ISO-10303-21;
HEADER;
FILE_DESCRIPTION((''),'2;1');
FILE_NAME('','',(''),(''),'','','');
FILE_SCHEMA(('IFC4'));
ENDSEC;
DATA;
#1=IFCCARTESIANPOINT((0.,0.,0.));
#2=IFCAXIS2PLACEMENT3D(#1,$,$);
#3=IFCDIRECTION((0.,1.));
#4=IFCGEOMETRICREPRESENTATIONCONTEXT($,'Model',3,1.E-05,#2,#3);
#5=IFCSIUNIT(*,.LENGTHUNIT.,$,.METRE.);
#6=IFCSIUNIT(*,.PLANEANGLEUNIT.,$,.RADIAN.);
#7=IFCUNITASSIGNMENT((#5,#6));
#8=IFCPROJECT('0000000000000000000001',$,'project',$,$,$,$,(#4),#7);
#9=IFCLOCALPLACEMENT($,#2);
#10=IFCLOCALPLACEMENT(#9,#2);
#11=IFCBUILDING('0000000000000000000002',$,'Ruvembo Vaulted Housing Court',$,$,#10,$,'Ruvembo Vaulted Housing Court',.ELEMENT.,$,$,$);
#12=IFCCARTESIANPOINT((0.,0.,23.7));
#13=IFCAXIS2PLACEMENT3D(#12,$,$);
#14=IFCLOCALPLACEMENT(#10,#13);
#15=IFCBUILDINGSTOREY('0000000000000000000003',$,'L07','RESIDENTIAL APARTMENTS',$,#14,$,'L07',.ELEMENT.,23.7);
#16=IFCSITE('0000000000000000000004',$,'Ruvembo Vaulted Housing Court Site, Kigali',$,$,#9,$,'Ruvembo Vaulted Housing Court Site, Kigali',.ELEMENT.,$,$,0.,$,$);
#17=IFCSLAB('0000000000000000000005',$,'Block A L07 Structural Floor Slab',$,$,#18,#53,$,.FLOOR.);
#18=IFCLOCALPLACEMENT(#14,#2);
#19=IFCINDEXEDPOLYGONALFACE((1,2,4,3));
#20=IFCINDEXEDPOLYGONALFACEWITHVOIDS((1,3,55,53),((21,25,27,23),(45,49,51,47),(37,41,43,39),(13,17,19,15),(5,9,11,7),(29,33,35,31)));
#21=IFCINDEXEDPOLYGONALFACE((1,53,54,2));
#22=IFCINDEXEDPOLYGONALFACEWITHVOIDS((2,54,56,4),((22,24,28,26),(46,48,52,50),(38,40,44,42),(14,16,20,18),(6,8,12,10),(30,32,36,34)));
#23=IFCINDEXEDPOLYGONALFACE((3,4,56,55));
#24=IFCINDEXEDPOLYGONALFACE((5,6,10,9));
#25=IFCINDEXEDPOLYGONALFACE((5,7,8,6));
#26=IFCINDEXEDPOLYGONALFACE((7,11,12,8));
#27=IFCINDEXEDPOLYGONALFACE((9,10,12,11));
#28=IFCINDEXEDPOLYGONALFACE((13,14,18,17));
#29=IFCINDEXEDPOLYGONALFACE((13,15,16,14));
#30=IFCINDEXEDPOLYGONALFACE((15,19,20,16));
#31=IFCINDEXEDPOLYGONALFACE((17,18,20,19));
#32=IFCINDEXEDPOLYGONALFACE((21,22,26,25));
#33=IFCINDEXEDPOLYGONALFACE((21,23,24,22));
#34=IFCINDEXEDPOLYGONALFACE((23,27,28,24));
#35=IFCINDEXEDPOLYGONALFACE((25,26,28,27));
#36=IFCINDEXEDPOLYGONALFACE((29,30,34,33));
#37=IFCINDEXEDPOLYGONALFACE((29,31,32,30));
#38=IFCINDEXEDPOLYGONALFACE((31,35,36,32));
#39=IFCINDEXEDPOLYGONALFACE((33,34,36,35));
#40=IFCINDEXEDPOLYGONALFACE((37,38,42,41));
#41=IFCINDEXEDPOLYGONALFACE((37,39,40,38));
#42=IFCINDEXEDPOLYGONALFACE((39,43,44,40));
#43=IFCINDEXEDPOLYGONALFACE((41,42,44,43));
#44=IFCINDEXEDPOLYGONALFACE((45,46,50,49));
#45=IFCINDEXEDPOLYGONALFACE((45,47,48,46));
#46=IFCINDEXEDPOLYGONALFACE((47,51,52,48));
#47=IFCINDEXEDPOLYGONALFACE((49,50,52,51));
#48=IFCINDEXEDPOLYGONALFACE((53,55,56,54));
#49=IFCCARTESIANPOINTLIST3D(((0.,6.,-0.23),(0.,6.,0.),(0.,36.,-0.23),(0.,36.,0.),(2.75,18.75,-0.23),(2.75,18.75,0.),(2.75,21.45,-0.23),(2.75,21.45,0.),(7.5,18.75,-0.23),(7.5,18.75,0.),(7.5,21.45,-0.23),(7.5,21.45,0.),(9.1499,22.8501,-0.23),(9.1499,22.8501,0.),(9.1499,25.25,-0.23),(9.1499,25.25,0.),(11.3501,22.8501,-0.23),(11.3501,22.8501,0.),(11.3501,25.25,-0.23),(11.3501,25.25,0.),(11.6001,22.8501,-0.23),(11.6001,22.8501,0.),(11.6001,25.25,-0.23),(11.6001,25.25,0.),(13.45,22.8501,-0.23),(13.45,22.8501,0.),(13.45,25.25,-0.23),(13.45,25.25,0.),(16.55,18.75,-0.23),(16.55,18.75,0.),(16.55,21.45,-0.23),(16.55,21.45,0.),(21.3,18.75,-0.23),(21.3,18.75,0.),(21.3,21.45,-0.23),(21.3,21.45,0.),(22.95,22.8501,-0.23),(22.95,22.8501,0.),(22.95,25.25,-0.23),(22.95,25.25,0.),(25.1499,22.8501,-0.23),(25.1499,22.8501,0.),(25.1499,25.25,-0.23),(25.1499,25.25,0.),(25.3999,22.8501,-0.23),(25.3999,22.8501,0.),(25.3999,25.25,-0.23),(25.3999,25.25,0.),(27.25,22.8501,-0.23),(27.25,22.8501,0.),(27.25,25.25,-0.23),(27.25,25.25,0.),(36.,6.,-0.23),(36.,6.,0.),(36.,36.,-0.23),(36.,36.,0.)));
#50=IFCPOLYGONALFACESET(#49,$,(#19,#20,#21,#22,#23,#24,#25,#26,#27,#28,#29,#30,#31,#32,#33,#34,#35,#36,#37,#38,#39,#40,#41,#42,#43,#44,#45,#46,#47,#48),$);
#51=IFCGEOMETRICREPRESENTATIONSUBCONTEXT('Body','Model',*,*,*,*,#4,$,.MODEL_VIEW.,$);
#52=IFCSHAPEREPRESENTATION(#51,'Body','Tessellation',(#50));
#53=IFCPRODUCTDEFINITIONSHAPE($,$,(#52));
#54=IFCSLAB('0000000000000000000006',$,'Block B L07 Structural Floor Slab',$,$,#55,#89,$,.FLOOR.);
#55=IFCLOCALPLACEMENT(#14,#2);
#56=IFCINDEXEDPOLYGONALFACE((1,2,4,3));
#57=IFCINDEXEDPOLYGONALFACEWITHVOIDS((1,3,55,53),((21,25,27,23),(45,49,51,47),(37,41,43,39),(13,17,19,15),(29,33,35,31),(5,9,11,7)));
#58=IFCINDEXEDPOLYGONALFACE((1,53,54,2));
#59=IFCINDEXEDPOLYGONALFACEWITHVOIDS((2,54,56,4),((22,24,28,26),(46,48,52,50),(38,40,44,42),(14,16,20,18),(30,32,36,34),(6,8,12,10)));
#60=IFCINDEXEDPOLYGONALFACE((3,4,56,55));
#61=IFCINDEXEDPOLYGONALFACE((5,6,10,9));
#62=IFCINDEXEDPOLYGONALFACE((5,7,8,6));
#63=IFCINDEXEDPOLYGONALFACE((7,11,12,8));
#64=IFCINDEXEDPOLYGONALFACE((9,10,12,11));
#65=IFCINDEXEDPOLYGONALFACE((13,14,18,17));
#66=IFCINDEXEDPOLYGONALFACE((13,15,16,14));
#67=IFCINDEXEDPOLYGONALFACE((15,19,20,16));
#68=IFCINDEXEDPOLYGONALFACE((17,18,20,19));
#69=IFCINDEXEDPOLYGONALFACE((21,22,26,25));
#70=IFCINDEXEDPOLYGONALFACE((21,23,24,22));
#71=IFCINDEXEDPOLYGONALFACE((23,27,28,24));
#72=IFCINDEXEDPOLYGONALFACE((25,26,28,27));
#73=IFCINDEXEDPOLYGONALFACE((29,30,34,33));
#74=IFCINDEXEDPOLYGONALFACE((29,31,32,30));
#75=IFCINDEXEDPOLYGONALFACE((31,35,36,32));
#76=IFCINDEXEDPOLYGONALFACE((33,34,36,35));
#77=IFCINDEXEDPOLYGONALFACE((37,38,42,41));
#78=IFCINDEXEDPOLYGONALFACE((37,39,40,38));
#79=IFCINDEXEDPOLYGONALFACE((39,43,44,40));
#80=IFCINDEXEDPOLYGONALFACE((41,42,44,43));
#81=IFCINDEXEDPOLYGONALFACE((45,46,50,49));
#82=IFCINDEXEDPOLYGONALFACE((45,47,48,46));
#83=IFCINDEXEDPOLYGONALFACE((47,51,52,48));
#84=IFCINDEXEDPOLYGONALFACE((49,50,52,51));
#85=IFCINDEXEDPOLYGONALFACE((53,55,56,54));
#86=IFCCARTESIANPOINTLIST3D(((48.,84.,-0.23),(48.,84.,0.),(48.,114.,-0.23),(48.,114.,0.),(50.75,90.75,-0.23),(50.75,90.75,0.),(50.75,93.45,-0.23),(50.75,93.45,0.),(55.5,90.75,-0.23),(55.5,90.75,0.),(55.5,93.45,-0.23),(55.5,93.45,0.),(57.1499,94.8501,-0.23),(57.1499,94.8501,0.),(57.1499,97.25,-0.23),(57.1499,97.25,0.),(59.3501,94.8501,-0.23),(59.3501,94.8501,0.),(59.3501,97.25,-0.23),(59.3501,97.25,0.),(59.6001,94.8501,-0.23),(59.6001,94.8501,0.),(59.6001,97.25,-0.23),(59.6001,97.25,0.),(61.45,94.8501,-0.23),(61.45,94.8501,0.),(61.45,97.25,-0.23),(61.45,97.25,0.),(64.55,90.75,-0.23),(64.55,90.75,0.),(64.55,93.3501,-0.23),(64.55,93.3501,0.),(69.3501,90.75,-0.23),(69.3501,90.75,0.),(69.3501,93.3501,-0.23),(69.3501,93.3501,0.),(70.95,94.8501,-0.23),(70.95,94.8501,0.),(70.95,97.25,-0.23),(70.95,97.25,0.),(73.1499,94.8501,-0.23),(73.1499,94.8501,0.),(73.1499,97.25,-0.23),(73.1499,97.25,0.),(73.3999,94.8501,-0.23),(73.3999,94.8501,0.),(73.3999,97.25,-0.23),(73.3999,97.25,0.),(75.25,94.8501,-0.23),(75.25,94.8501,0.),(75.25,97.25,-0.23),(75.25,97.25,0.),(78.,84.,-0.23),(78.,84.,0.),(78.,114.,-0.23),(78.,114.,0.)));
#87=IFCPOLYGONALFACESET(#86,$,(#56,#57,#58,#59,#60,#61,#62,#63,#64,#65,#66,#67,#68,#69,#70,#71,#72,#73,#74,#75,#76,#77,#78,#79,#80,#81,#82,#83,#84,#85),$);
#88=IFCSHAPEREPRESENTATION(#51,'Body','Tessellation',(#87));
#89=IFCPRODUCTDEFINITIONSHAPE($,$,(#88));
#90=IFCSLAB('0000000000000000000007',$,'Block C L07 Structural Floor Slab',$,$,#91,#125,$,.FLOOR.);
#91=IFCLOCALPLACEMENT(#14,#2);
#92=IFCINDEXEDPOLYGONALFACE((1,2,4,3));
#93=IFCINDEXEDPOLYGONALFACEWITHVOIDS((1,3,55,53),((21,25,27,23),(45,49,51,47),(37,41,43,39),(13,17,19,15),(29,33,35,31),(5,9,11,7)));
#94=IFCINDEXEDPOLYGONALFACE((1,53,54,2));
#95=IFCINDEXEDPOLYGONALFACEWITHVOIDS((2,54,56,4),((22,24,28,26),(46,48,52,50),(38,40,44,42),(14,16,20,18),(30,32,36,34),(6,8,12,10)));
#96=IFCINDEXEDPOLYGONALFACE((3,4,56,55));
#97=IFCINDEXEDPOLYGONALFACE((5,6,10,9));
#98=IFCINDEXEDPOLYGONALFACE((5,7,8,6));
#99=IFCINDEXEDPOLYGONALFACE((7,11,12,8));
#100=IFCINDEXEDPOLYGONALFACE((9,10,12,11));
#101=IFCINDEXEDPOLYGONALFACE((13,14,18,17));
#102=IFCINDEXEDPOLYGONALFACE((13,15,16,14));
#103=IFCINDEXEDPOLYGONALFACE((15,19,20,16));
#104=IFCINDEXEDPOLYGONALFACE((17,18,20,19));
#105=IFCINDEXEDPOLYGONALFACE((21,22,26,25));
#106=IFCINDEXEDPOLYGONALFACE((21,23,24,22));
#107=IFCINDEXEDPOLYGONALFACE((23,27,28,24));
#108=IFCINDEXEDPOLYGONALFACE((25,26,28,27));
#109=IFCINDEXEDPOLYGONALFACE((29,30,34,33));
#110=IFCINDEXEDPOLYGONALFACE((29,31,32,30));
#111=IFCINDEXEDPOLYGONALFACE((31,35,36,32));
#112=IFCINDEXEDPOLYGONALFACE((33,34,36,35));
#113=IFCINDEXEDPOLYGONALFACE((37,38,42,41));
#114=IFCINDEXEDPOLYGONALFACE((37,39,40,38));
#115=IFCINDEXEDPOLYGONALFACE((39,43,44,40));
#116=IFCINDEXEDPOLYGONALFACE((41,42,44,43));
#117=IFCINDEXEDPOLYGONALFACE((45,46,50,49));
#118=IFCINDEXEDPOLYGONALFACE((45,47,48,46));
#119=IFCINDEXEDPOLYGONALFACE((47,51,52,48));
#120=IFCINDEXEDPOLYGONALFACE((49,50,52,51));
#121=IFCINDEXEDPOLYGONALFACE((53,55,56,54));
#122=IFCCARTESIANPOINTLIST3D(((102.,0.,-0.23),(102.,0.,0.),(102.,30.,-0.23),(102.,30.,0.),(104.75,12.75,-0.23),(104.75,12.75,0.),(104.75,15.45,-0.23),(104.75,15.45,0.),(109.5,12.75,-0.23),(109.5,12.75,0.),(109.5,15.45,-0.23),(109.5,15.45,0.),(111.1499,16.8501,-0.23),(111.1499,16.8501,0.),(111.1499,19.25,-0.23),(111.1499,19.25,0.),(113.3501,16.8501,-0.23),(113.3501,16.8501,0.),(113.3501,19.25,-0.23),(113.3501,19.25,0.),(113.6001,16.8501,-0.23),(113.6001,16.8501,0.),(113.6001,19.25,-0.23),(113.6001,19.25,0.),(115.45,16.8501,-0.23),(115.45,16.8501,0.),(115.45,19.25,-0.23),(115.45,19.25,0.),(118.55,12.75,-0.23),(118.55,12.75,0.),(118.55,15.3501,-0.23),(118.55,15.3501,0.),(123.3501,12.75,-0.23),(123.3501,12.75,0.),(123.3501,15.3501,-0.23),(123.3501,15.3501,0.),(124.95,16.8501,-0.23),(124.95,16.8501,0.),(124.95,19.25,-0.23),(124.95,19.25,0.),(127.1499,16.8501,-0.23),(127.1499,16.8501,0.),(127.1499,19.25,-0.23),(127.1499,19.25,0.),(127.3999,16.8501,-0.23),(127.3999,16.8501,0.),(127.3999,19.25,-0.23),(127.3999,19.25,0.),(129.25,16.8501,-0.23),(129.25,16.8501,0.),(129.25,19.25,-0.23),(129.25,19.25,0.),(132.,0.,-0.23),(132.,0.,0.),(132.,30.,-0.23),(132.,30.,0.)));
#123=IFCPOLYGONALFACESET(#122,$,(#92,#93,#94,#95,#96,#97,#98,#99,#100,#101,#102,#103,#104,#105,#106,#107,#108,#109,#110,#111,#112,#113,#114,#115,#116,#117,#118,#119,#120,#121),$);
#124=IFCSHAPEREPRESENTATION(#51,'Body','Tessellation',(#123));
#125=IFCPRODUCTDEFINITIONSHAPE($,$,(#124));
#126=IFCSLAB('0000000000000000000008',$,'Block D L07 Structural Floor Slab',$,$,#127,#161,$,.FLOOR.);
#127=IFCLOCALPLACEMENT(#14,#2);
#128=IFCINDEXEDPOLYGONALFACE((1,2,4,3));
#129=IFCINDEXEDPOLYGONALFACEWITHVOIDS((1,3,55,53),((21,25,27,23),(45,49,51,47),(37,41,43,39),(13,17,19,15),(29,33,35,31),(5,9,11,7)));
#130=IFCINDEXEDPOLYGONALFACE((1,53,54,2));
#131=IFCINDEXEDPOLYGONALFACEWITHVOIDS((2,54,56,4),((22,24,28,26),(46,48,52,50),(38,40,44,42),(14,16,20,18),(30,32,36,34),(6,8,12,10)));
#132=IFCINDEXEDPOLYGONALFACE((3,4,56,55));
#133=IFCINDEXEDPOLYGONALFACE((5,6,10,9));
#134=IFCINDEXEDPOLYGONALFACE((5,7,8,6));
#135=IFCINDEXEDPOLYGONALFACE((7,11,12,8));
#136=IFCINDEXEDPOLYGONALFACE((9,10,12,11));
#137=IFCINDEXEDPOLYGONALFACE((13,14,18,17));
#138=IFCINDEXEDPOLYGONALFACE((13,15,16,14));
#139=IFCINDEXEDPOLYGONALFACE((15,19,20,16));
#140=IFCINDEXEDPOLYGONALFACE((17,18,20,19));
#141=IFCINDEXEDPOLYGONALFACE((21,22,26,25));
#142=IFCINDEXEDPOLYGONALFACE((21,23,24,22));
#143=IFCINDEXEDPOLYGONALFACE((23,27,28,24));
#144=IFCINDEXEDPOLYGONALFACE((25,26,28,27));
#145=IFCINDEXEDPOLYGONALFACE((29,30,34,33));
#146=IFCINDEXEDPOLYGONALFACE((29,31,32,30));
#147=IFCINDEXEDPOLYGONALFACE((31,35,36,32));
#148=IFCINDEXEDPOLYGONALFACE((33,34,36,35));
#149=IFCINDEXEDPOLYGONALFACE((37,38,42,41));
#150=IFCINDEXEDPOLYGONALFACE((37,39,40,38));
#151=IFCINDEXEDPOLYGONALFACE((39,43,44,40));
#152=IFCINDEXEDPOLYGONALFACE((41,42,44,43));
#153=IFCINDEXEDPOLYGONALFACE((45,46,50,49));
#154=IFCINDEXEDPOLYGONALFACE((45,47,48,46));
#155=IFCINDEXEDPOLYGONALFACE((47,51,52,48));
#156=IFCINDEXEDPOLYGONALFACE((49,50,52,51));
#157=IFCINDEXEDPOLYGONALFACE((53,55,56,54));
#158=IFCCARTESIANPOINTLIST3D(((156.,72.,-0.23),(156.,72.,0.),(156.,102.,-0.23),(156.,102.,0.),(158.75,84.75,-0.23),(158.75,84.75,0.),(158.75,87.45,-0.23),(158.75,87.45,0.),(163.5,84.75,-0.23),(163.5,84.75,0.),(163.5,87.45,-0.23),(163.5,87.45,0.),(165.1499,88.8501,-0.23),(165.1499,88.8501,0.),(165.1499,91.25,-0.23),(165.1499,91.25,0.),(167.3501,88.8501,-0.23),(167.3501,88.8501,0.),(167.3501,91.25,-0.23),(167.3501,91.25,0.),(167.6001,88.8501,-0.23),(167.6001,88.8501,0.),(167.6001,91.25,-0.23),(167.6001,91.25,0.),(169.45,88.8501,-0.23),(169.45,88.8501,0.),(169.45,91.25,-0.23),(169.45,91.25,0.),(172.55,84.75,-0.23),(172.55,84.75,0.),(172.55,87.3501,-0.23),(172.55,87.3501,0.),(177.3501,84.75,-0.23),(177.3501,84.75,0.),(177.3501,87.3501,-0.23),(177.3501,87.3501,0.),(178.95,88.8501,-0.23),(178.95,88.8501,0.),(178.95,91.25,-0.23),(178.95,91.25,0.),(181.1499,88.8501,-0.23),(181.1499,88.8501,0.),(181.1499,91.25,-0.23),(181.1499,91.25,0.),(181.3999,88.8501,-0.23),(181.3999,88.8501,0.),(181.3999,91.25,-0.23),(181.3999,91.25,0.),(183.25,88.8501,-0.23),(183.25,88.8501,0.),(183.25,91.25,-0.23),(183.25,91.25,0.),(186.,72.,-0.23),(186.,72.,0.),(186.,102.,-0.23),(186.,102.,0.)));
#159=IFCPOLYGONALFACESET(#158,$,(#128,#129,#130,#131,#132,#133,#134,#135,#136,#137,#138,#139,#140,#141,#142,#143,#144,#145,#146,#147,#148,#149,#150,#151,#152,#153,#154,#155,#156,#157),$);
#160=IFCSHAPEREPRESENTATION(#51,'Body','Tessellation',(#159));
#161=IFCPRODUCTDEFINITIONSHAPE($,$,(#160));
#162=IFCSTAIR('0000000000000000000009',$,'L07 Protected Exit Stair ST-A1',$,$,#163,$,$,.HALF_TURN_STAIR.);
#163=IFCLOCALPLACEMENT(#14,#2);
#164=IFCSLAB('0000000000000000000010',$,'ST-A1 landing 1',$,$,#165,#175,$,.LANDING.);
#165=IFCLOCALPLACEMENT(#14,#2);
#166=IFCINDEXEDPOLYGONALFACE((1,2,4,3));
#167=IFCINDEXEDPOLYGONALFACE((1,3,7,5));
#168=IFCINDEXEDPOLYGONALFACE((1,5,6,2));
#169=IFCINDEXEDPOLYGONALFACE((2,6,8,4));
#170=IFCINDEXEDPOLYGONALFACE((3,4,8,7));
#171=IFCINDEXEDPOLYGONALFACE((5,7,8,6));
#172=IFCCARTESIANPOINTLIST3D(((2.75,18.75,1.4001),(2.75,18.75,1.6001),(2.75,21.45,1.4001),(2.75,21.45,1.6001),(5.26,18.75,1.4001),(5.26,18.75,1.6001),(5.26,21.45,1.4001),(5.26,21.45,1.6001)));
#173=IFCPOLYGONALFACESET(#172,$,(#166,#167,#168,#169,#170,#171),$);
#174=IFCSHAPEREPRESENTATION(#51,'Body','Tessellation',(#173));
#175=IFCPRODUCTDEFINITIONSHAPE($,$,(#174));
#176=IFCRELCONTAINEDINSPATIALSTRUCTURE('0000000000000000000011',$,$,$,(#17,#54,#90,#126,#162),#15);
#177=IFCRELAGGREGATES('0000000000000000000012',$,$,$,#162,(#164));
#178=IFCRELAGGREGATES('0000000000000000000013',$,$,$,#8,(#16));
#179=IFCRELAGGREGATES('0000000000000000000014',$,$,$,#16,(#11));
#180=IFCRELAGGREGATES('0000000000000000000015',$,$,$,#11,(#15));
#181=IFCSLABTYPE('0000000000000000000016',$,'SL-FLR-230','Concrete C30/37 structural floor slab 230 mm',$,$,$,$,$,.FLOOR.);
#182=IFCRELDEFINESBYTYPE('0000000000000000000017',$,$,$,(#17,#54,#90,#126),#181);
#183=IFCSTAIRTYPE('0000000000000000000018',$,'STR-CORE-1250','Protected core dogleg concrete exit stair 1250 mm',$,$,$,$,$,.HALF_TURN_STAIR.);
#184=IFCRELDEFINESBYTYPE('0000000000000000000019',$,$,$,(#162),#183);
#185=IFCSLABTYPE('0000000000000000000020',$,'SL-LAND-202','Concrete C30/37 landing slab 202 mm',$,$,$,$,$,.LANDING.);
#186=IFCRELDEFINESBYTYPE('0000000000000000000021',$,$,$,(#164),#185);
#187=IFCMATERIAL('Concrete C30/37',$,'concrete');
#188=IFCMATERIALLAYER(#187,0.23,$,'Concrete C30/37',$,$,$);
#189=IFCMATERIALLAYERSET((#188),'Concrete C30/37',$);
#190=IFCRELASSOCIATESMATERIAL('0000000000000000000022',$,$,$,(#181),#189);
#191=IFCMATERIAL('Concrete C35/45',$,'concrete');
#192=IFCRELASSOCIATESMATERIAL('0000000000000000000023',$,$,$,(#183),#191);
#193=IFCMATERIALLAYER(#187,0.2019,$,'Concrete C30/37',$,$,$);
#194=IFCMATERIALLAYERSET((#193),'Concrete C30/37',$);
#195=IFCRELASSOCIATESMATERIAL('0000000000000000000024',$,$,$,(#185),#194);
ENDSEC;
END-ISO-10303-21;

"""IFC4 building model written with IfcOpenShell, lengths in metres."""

from ifc_helpers import new_model, si_unit, direction, frame, origin, place, context, subcontext, project, spatial, polyline, outline, extrude, material, layer, layer_set, type_object, element, aggregate, save


model = new_model("IFC4")

# Units and contexts
model_context = context("Model", 3, precision=1e-05, world=origin(), true_north=direction((0.0, 1.0)))
body_context = subcontext(model_context, "Body", "Model", "MODEL_VIEW")
ifc_project = project(units=[si_unit("LENGTHUNIT", "METRE"), si_unit("PLANEANGLEUNIT", "RADIAN")], contexts=[model_context])

# Site, building, storey
site_placement = place(None, origin())
site = spatial("IfcSite", under=ifc_project, at=site_placement, Name="Ruvembo Vaulted Housing Court Site, Kigali", LongName="Ruvembo Vaulted Housing Court Site, Kigali", CompositionType="ELEMENT", RefElevation=0.0)
building_placement = place(site_placement, origin())
building = spatial("IfcBuilding", under=site, at=building_placement, Name="Ruvembo Vaulted Housing Court", LongName="Ruvembo Vaulted Housing Court", CompositionType="ELEMENT")
storey_placement = place(building_placement, frame((0.0, 0.0, 23.7)))
storey = spatial("IfcBuildingStorey", under=building, at=storey_placement, Name="L07", Description="RESIDENTIAL APARTMENTS", LongName="L07", CompositionType="ELEMENT", Elevation=23.7)

# Slabs
ifc_material_1 = material(Name="Concrete C30/37", Category="concrete")
ifc_layer_1 = layer(ifc_material_1, 0.23, Name="Concrete C30/37")
ifc_layer_set_1 = layer_set([ifc_layer_1], Name="Concrete C30/37")
slab_type_1 = type_object("IfcSlabType", Name="SL-FLR-230", Description="Concrete C30/37 structural floor slab 230 mm", PredefinedType="FLOOR", material=ifc_layer_set_1)
slab_1_placement = place(storey_placement, frame((0.0, 0.0, -0.23)))
element("IfcSlab", 1, at=slab_1_placement, inside=storey, type_object=slab_type_1, Name="Block A L07 Structural Floor Slab", PredefinedType="FLOOR", context=body_context, shape_type="SweptSolid", body=[
    extrude(outline(polyline([(36.0, 6.0), (36.0, 36.0), (0.0, 36.0), (0.0, 6.0), (36.0, 6.0)]), holes=[polyline([(7.5, 21.45), (2.75, 21.45), (2.75, 18.75), (7.5, 18.75), (7.5, 21.45)]), polyline([(9.1499, 22.8501), (11.3501, 22.8501), (11.3501, 25.25), (9.1499, 25.25), (9.1499, 22.8501)]), polyline([(11.6001, 22.8501), (13.45, 22.8501), (13.45, 25.25), (11.6001, 25.25), (11.6001, 22.8501)]), polyline([(21.3, 21.45), (16.55, 21.45), (16.55, 18.75), (21.3, 18.75), (21.3, 21.45)]), polyline([(22.95, 22.8501), (25.1499, 22.8501), (25.1499, 25.25), (22.95, 25.25), (22.95, 22.8501)]), polyline([(25.3999, 22.8501), (27.25, 22.8501), (27.25, 25.25), (25.3999, 25.25), (25.3999, 22.8501)])]), origin(), (0.0, 0.0, 1.0), 0.23),
])
slab_2_placement = place(storey_placement, frame((0.0, 0.0, -0.23)))
element("IfcSlab", 2, at=slab_2_placement, inside=storey, type_object=slab_type_1, Name="Block B L07 Structural Floor Slab", PredefinedType="FLOOR", context=body_context, shape_type="SweptSolid", body=[
    extrude(outline(polyline([(78.0, 84.0), (78.0, 114.0), (48.0, 114.0), (48.0, 84.0), (78.0, 84.0)]), holes=[polyline([(55.5, 93.45), (50.75, 93.45), (50.75, 90.75), (55.5, 90.75), (55.5, 93.45)]), polyline([(57.1499, 94.8501), (59.3501, 94.8501), (59.3501, 97.25), (57.1499, 97.25), (57.1499, 94.8501)]), polyline([(59.6001, 94.8501), (61.45, 94.8501), (61.45, 97.25), (59.6001, 97.25), (59.6001, 94.8501)]), polyline([(69.3501, 93.3501), (64.55, 93.3501), (64.55, 90.75), (69.3501, 90.75), (69.3501, 93.3501)]), polyline([(70.95, 94.8501), (73.1499, 94.8501), (73.1499, 97.25), (70.95, 97.25), (70.95, 94.8501)]), polyline([(73.3999, 94.8501), (75.25, 94.8501), (75.25, 97.25), (73.3999, 97.25), (73.3999, 94.8501)])]), origin(), (0.0, 0.0, 1.0), 0.23),
])
slab_3_placement = place(storey_placement, frame((0.0, 0.0, -0.23)))
element("IfcSlab", 3, at=slab_3_placement, inside=storey, type_object=slab_type_1, Name="Block C L07 Structural Floor Slab", PredefinedType="FLOOR", context=body_context, shape_type="SweptSolid", body=[
    extrude(outline(polyline([(132.0, 0.0), (132.0, 30.0), (102.0, 30.0), (102.0, 0.0), (132.0, 0.0)]), holes=[polyline([(109.5, 15.45), (104.75, 15.45), (104.75, 12.75), (109.5, 12.75), (109.5, 15.45)]), polyline([(111.1499, 16.8501), (113.3501, 16.8501), (113.3501, 19.25), (111.1499, 19.25), (111.1499, 16.8501)]), polyline([(113.6001, 16.8501), (115.45, 16.8501), (115.45, 19.25), (113.6001, 19.25), (113.6001, 16.8501)]), polyline([(123.3501, 15.3501), (118.55, 15.3501), (118.55, 12.75), (123.3501, 12.75), (123.3501, 15.3501)]), polyline([(124.95, 16.8501), (127.1499, 16.8501), (127.1499, 19.25), (124.95, 19.25), (124.95, 16.8501)]), polyline([(127.3999, 16.8501), (129.25, 16.8501), (129.25, 19.25), (127.3999, 19.25), (127.3999, 16.8501)])]), origin(), (0.0, 0.0, 1.0), 0.23),
])
slab_4_placement = place(storey_placement, frame((0.0, 0.0, -0.23)))
element("IfcSlab", 4, at=slab_4_placement, inside=storey, type_object=slab_type_1, Name="Block D L07 Structural Floor Slab", PredefinedType="FLOOR", context=body_context, shape_type="SweptSolid", body=[
    extrude(outline(polyline([(186.0, 72.0), (186.0, 102.0), (156.0, 102.0), (156.0, 72.0), (186.0, 72.0)]), holes=[polyline([(163.5, 87.45), (158.75, 87.45), (158.75, 84.75), (163.5, 84.75), (163.5, 87.45)]), polyline([(165.1499, 88.8501), (167.3501, 88.8501), (167.3501, 91.25), (165.1499, 91.25), (165.1499, 88.8501)]), polyline([(167.6001, 88.8501), (169.45, 88.8501), (169.45, 91.25), (167.6001, 91.25), (167.6001, 88.8501)]), polyline([(177.3501, 87.3501), (172.55, 87.3501), (172.55, 84.75), (177.3501, 84.75), (177.3501, 87.3501)]), polyline([(178.95, 88.8501), (181.1499, 88.8501), (181.1499, 91.25), (178.95, 91.25), (178.95, 88.8501)]), polyline([(181.3999, 88.8501), (183.25, 88.8501), (183.25, 91.25), (181.3999, 91.25), (181.3999, 88.8501)])]), origin(), (0.0, 0.0, 1.0), 0.23),
])

# Stair, slab
ifc_material_2 = material(Name="Concrete C35/45", Category="concrete")
stair_type_1 = type_object("IfcStairType", Name="STR-CORE-1250", Description="Protected core dogleg concrete exit stair 1250 mm", PredefinedType="HALF_TURN_STAIR", material=ifc_material_2)
stair_1_placement = place(storey_placement, origin())
stair_1 = element("IfcStair", 5, at=stair_1_placement, inside=storey, type_object=stair_type_1, Name="L07 Protected Exit Stair ST-A1", PredefinedType="HALF_TURN_STAIR")
ifc_layer_2 = layer(ifc_material_1, 0.2019, Name="Concrete C30/37")
ifc_layer_set_2 = layer_set([ifc_layer_2], Name="Concrete C30/37")
slab_type_2 = type_object("IfcSlabType", Name="SL-LAND-202", Description="Concrete C30/37 landing slab 202 mm", PredefinedType="LANDING", material=ifc_layer_set_2)
slab_5_placement = place(storey_placement, frame((0.0, 0.0, 1.4001)))
slab_5 = element("IfcSlab", 6, at=slab_5_placement, type_object=slab_type_2, Name="ST-A1 landing 1", PredefinedType="LANDING", context=body_context, shape_type="SweptSolid", body=[
    extrude(outline(polyline([(5.26, 21.45), (2.75, 21.45), (2.75, 18.75), (5.26, 18.75), (5.26, 21.45)])), origin(), (0.0, 0.0, 1.0), 0.2),
])
aggregate(stair_1, [slab_5])

save(model, "model.ifc")
